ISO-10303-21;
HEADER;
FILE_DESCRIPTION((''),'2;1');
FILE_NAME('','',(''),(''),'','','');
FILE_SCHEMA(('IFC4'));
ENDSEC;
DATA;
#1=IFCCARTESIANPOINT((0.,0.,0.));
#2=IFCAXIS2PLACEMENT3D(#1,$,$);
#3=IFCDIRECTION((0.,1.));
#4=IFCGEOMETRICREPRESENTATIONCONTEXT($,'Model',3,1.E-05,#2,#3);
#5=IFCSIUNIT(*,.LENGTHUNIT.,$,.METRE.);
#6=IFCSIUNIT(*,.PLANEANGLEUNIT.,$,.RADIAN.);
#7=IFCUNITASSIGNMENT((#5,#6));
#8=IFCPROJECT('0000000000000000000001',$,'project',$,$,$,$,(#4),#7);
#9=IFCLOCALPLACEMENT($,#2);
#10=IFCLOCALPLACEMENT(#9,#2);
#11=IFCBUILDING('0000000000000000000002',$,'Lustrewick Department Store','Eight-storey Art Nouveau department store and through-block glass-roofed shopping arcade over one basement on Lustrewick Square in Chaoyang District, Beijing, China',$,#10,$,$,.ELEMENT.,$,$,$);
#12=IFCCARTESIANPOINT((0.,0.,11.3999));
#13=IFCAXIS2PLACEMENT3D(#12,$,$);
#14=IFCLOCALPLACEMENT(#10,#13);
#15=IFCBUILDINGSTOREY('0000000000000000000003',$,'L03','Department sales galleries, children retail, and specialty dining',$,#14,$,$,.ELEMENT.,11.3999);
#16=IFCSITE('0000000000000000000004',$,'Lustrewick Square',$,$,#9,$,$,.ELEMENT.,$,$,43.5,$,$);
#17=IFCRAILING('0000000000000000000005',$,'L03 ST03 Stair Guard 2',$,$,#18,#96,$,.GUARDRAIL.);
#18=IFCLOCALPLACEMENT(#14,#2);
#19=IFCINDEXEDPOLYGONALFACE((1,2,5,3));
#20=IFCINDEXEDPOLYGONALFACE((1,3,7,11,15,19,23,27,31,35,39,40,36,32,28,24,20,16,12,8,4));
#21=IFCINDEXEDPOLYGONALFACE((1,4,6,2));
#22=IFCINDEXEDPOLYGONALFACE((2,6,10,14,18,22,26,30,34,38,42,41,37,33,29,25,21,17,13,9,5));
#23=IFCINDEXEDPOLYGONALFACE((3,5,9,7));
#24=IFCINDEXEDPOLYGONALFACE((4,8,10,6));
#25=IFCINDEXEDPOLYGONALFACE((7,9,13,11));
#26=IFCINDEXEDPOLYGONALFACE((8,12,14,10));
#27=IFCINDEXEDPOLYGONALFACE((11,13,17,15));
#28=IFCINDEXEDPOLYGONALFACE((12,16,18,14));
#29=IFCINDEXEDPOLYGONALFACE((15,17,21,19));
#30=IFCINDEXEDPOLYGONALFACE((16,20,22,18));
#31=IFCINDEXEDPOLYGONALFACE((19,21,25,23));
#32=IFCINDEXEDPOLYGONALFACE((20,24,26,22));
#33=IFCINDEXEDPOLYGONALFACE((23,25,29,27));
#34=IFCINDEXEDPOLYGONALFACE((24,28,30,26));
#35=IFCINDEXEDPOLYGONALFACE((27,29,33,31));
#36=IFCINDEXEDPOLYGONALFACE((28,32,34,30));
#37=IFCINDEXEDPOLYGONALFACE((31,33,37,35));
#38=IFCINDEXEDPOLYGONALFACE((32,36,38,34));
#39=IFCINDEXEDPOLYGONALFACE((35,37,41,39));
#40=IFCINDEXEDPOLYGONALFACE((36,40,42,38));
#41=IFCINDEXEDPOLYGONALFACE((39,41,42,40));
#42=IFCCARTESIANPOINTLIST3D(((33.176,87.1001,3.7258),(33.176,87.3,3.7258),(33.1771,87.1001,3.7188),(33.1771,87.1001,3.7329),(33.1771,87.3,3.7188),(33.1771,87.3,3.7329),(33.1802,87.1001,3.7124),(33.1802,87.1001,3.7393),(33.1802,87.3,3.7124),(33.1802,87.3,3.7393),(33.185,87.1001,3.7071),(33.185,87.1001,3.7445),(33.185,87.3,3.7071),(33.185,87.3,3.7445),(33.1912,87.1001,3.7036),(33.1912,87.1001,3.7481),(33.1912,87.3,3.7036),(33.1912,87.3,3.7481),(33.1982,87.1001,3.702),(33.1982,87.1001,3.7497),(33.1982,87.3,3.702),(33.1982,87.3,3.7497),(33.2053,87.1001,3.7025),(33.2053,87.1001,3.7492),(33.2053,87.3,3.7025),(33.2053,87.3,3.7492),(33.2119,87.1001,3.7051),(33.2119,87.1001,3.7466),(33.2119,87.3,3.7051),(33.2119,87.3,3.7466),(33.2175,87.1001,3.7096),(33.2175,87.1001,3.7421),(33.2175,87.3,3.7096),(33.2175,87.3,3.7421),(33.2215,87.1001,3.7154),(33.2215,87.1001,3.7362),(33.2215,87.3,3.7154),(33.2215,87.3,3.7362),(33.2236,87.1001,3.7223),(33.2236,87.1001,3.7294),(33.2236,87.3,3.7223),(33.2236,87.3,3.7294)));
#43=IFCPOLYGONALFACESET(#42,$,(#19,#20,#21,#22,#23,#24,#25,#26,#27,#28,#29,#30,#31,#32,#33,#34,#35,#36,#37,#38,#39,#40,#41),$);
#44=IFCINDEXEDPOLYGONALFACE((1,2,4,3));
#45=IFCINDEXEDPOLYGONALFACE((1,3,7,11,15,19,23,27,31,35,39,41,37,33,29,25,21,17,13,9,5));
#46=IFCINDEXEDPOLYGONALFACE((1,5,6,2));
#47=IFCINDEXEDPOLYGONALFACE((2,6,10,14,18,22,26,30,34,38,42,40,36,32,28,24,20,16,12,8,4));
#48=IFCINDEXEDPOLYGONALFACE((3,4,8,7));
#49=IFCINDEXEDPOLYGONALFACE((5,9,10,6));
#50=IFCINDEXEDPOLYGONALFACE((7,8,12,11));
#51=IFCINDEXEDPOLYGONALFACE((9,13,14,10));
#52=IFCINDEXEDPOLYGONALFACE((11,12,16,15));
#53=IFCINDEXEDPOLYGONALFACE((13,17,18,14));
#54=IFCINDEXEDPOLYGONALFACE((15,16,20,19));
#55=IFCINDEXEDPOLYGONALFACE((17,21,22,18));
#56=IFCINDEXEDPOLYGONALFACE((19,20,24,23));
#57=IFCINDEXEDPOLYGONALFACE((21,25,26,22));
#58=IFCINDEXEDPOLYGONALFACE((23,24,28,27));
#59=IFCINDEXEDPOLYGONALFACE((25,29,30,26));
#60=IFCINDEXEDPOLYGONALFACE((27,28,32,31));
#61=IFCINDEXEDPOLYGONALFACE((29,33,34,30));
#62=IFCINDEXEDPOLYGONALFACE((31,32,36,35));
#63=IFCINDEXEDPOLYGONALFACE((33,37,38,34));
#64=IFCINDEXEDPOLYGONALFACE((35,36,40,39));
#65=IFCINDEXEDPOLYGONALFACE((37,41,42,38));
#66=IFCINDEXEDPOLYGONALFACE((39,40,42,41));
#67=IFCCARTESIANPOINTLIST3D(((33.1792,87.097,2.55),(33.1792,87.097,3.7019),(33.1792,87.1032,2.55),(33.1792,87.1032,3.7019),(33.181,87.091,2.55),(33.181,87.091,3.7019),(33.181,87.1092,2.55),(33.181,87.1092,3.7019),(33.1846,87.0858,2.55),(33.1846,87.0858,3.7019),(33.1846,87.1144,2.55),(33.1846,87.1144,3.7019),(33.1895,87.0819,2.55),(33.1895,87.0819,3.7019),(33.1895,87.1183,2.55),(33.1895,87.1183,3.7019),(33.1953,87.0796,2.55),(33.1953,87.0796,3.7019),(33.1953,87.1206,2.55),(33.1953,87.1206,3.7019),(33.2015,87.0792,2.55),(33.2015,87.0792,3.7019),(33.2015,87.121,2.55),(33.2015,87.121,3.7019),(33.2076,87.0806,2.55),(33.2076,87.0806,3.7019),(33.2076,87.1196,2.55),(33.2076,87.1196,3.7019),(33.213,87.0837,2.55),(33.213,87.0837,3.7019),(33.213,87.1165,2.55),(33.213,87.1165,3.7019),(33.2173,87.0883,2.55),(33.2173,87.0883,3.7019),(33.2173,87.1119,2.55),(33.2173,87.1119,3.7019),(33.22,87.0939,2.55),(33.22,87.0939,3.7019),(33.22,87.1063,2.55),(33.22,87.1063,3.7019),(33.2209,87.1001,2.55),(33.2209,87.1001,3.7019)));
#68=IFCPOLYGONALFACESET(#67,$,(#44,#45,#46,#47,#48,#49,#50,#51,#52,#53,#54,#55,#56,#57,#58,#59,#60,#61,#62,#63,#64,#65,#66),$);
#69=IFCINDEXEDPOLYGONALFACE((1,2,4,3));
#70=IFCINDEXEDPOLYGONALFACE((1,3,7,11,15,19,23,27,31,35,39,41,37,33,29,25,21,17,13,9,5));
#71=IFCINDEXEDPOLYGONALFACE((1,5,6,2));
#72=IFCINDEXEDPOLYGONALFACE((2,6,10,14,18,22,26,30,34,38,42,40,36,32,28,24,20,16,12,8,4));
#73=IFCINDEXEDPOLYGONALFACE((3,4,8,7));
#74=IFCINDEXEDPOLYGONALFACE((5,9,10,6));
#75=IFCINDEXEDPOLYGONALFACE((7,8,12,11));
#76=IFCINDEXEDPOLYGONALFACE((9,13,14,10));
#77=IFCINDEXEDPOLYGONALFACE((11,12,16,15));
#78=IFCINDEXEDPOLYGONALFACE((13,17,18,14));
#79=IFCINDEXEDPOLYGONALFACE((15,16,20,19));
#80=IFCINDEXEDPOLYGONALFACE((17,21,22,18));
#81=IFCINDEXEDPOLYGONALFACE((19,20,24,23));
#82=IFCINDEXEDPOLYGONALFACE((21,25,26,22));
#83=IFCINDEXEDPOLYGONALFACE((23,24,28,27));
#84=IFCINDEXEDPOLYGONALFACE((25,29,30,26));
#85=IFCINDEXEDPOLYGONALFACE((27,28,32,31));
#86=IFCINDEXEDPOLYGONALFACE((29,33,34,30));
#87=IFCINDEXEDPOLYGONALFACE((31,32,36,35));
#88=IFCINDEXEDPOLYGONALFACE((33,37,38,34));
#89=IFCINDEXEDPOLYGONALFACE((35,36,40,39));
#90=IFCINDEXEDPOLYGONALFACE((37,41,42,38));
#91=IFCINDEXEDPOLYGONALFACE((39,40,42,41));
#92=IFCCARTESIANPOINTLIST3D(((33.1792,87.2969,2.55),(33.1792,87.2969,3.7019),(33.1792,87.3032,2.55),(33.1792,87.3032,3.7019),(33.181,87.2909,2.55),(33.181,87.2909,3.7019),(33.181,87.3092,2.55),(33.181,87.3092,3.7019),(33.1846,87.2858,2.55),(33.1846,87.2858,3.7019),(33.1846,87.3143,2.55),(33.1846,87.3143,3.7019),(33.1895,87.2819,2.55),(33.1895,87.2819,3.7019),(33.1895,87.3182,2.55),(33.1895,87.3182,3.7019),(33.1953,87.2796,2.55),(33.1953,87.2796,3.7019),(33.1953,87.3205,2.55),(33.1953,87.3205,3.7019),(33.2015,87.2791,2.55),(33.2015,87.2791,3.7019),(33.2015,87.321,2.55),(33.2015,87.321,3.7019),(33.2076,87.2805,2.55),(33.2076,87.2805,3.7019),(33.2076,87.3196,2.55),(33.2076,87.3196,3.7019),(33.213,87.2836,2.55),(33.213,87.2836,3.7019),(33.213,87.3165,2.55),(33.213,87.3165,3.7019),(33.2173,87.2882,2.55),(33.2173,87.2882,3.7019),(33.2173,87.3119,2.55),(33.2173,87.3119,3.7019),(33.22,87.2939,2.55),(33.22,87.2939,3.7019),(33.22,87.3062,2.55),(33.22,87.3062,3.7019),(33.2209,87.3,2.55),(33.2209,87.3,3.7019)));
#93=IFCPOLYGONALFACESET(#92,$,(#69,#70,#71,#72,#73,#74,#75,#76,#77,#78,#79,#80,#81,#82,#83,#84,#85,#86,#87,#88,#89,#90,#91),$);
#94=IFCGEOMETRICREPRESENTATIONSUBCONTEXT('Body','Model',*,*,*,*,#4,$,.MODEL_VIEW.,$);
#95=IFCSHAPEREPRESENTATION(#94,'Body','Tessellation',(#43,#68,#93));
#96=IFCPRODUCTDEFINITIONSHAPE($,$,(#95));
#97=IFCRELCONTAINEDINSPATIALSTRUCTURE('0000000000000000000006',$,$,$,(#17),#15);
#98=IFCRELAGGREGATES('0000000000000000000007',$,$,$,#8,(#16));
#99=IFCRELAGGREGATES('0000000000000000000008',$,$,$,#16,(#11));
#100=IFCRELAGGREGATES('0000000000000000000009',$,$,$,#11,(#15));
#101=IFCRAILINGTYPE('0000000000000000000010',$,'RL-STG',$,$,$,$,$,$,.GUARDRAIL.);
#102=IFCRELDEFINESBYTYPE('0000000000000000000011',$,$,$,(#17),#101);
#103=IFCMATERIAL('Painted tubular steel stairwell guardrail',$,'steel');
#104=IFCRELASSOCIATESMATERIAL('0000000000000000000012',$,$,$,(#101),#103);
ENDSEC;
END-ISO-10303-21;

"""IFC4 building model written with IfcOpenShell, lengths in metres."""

from ifc_helpers import new_model, si_unit, direction, frame, origin, origin_2d, place, context, subcontext, project, spatial, circle, extrude, material, type_object, element, save


model = new_model("IFC4")

# Units and contexts
model_context = context("Model", 3, precision=1e-05, world=origin(), true_north=direction((0.0, 1.0)))
body_context = subcontext(model_context, "Body", "Model", "MODEL_VIEW")
ifc_project = project(units=[si_unit("LENGTHUNIT", "METRE"), si_unit("PLANEANGLEUNIT", "RADIAN")], contexts=[model_context])

# Site, building, storey
site_placement = place(None, origin())
site = spatial("IfcSite", under=ifc_project, at=site_placement, Name="Lustrewick Square", CompositionType="ELEMENT", RefElevation=43.5)
building_placement = place(site_placement, origin())
building = spatial("IfcBuilding", under=site, at=building_placement, Name="Lustrewick Department Store", Description="Eight-storey Art Nouveau department store and through-block glass-roofed shopping arcade over one basement on Lustrewick Square in Chaoyang District, Beijing, China", CompositionType="ELEMENT")
storey_placement = place(building_placement, frame((0.0, 0.0, 11.3999)))
storey = spatial("IfcBuildingStorey", under=building, at=storey_placement, Name="L03", Description="Department sales galleries, children retail, and specialty dining", CompositionType="ELEMENT", Elevation=11.3999)

# Railing
ifc_material_1 = material(Name="Painted tubular steel stairwell guardrail", Category="steel")
railing_type_1 = type_object("IfcRailingType", Name="RL-STG", PredefinedType="GUARDRAIL", material=ifc_material_1)
railing_1_placement = place(storey_placement, frame((33.2, 87.1001, 2.55)))
element("IfcRailing", 1, at=railing_1_placement, inside=storey, type_object=railing_type_1, Name="L03 ST03 Stair Guard 2", PredefinedType="GUARDRAIL", context=body_context, shape_type="SweptSolid", body=[
    extrude(circle(Radius=0.0239, at=origin_2d()), frame((0.0, 0.0, 1.1758), z_axis=(0.0, 1.0, 0.0), x_axis=(-1.0, 0.0, 0.0)), (0.0, 0.0, 1.0), 0.2),
    extrude(circle(Radius=0.021, at=origin_2d()), origin(), (0.0, 0.0, 1.0), 1.1519),
    extrude(circle(Radius=0.021, at=origin_2d()), frame((0.0, 0.2, 0.0)), (0.0, 0.0, 1.0), 1.1519),
])

save(model, "model.ifc")
